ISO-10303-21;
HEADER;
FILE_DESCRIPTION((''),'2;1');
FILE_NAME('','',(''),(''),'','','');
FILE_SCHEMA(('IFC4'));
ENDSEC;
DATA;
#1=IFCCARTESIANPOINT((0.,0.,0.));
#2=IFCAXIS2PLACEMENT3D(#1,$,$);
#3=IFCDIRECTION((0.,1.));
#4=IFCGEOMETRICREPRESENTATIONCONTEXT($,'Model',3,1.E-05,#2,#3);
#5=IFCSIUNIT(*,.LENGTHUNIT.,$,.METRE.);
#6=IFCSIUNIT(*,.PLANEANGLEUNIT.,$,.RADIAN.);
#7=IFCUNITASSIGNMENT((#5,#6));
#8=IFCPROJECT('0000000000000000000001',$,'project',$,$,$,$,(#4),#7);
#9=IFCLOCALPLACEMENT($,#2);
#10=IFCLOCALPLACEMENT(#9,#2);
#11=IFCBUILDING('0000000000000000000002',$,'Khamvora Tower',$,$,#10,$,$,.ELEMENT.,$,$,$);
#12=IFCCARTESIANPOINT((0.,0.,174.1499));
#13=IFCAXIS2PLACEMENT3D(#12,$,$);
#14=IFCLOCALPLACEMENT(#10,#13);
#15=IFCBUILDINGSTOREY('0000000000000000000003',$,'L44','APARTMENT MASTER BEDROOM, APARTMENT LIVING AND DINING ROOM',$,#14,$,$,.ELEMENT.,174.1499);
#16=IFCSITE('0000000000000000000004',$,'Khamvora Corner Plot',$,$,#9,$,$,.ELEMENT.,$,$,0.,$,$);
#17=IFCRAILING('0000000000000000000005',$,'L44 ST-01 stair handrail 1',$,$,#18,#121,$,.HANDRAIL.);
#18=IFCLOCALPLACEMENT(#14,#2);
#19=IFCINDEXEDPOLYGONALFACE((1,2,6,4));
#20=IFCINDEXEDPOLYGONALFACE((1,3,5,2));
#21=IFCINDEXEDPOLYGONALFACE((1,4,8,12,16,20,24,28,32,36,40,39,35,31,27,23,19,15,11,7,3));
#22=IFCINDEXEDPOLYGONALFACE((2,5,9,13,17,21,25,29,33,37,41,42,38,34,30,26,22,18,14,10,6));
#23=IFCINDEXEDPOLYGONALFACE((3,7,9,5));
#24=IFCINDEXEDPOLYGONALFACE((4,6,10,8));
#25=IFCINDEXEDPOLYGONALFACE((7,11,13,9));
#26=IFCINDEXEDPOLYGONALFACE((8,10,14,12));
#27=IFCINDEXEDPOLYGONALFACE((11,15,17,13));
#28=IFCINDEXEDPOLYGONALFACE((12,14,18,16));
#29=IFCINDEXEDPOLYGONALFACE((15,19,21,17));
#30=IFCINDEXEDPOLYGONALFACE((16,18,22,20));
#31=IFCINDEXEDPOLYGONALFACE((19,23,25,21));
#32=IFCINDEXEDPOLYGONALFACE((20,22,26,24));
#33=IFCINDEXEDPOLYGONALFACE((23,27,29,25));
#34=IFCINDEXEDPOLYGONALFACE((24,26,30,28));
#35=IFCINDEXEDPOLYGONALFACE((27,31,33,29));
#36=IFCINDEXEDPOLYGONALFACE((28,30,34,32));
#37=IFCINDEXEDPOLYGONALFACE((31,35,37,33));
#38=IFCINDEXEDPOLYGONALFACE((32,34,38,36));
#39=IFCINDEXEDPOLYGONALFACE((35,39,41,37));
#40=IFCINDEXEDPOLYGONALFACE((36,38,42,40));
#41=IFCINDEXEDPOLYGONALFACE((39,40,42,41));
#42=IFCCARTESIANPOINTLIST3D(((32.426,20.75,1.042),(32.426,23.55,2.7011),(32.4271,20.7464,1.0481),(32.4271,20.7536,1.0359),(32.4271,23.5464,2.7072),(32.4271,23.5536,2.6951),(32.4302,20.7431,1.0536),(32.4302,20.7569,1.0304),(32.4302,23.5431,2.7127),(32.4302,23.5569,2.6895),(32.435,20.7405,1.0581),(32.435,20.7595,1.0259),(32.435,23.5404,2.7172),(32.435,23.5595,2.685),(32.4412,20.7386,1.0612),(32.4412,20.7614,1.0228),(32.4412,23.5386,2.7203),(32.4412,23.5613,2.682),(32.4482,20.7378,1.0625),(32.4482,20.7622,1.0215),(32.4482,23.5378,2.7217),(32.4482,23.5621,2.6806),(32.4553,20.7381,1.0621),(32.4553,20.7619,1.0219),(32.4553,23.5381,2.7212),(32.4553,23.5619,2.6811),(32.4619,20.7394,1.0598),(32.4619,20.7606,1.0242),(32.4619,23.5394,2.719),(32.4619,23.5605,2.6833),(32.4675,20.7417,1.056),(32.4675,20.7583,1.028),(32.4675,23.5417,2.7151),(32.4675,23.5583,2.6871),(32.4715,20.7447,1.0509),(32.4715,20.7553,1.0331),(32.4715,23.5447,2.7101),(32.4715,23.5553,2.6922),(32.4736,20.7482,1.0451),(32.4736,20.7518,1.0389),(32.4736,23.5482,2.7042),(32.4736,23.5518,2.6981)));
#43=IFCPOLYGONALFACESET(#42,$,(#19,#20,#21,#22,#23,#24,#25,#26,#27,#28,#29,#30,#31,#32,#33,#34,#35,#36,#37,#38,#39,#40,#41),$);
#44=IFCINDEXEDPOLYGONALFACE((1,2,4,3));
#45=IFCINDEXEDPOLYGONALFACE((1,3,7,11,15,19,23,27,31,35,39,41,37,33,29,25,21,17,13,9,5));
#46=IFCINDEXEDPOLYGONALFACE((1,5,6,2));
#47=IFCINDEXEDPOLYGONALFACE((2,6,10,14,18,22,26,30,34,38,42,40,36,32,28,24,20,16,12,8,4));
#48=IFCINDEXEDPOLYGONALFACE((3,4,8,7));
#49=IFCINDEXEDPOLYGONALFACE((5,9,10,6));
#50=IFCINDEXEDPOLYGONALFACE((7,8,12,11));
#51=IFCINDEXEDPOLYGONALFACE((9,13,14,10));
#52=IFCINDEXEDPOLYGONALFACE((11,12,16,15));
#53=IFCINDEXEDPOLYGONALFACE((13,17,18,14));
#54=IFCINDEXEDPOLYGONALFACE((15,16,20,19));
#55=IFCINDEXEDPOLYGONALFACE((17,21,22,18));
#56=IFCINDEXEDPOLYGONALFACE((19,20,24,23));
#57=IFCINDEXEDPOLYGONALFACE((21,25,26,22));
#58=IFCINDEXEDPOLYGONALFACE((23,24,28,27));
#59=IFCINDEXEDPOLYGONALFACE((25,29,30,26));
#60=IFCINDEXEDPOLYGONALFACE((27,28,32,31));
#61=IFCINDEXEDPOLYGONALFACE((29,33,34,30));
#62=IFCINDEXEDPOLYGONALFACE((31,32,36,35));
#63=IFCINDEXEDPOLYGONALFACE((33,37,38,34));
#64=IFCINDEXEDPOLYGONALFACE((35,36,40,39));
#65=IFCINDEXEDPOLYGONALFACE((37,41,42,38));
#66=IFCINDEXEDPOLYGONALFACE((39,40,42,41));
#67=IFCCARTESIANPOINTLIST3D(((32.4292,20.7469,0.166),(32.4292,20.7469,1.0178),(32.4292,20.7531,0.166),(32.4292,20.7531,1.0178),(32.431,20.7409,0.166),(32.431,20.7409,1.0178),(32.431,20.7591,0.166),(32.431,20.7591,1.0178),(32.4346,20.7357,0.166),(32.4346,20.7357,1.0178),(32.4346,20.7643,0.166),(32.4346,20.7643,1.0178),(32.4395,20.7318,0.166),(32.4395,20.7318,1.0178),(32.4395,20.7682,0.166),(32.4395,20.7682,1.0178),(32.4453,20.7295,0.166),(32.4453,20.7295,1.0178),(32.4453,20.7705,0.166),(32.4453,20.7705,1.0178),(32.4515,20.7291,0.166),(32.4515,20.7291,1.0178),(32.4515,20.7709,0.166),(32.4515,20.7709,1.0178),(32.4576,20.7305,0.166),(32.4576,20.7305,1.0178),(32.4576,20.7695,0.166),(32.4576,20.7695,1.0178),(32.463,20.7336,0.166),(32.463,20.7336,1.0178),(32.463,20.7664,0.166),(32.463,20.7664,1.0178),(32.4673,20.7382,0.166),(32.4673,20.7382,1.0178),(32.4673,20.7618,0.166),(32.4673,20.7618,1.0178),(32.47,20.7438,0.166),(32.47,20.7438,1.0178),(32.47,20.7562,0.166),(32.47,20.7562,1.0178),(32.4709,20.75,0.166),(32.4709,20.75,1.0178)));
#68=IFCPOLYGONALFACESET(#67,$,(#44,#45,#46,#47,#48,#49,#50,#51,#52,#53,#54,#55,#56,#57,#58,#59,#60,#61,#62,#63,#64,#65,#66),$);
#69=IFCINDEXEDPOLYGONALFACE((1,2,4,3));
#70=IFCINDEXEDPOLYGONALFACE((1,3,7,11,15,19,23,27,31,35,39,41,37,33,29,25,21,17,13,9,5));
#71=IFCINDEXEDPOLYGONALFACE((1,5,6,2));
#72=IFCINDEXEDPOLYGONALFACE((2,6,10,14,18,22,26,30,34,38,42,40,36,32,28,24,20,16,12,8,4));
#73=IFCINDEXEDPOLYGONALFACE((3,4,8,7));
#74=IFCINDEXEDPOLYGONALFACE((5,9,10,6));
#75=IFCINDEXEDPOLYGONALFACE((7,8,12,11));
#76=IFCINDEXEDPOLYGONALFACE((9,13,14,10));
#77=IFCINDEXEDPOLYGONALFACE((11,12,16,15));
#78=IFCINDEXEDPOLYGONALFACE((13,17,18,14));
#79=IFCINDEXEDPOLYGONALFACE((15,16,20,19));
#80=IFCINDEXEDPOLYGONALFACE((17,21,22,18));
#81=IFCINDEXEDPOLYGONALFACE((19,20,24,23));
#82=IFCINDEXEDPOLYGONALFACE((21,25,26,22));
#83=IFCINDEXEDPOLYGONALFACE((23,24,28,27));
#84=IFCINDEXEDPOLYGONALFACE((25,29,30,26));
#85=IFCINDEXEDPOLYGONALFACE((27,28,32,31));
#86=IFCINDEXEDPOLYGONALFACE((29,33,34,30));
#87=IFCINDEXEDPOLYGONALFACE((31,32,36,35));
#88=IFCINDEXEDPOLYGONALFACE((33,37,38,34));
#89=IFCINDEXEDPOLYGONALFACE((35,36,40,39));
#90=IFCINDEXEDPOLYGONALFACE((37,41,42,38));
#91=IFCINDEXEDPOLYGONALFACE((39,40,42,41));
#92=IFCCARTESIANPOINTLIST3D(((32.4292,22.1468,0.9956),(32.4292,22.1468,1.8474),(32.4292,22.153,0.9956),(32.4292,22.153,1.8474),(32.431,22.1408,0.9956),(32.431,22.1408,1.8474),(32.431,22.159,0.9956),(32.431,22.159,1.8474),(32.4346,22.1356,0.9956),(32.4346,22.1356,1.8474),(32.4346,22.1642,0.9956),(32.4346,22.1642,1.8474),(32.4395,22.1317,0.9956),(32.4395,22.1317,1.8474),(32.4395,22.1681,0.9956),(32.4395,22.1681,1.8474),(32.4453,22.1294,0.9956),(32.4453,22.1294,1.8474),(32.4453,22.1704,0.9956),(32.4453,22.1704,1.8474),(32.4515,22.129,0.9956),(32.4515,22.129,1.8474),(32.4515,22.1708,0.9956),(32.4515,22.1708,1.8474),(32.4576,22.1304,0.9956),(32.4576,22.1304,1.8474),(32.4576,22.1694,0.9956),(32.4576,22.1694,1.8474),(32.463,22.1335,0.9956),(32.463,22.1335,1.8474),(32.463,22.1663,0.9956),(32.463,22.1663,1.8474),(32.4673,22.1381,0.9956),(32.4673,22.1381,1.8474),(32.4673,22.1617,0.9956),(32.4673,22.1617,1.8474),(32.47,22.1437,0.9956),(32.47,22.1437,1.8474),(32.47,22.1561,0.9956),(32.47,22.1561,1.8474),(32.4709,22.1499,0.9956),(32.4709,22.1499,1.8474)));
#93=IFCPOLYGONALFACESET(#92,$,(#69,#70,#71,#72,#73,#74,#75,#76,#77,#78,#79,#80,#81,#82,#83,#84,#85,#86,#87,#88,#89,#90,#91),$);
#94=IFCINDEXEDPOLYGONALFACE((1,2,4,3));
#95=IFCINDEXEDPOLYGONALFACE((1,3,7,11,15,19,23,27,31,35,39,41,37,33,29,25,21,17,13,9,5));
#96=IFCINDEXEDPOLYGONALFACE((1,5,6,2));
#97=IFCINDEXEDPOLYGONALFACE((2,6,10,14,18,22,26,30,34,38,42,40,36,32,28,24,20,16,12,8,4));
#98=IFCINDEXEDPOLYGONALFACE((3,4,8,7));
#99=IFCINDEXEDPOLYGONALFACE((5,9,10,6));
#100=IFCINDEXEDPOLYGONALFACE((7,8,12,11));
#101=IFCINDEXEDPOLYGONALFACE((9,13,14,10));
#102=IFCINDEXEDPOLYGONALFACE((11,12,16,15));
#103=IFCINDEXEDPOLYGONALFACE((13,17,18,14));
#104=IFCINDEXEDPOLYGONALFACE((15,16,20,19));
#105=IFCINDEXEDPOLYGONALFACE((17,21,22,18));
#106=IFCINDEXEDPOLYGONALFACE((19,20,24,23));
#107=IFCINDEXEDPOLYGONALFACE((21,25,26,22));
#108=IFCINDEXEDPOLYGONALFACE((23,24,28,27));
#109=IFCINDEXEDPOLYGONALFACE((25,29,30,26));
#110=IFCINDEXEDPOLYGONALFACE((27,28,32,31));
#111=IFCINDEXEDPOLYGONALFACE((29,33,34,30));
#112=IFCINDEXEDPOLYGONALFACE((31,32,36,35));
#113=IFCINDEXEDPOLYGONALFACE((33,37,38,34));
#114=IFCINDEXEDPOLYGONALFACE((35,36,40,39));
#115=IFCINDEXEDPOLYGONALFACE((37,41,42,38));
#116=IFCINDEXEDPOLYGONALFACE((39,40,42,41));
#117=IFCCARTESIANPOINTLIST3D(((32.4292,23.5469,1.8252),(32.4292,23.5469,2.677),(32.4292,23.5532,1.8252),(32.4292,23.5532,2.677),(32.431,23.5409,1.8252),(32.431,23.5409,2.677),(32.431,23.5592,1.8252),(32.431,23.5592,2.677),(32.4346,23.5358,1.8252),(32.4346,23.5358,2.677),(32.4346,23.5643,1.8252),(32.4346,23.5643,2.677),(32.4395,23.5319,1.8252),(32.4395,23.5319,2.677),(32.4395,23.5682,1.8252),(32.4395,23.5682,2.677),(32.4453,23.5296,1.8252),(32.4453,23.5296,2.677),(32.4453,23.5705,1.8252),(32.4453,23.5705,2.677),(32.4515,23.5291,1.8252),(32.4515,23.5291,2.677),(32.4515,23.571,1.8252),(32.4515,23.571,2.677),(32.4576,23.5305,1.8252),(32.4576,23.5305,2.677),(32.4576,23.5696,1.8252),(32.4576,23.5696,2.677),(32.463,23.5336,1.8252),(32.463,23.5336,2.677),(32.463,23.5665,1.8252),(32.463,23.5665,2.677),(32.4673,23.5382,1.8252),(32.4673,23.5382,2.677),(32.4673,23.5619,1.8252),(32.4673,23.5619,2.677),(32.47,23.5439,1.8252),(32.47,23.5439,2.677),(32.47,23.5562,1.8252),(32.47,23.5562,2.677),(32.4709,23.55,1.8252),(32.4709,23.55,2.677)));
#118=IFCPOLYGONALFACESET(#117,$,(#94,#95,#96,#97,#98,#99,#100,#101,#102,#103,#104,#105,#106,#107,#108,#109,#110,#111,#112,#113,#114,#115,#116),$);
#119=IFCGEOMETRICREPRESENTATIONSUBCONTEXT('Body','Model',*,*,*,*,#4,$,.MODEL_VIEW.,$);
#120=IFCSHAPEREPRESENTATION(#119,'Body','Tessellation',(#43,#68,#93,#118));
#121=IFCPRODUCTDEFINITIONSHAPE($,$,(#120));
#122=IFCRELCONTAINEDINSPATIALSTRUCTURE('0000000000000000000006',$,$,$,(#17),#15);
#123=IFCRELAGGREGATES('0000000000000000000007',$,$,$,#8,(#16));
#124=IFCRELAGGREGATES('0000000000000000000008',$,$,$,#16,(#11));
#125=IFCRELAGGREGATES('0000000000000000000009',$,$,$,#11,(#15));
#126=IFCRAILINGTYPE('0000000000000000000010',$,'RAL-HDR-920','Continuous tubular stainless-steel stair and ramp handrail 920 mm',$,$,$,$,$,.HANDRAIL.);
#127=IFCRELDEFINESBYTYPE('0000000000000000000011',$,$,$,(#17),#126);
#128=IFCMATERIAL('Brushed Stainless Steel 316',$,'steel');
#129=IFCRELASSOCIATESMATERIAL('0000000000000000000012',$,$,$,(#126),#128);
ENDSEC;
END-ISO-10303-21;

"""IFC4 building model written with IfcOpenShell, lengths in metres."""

from ifc_helpers import new_model, si_unit, direction, frame, origin, origin_2d, place, context, subcontext, project, spatial, circle, extrude, material, type_object, element, save


model = new_model("IFC4")

# Units and contexts
model_context = context("Model", 3, precision=1e-05, world=origin(), true_north=direction((0.0, 1.0)))
body_context = subcontext(model_context, "Body", "Model", "MODEL_VIEW")
ifc_project = project(units=[si_unit("LENGTHUNIT", "METRE"), si_unit("PLANEANGLEUNIT", "RADIAN")], contexts=[model_context])

# Site, building, storey
site_placement = place(None, origin())
site = spatial("IfcSite", under=ifc_project, at=site_placement, Name="Khamvora Corner Plot", CompositionType="ELEMENT", RefElevation=0.0)
building_placement = place(site_placement, origin())
building = spatial("IfcBuilding", under=site, at=building_placement, Name="Khamvora Tower", CompositionType="ELEMENT")
storey_placement = place(building_placement, frame((0.0, 0.0, 174.1499)))
storey = spatial("IfcBuildingStorey", under=building, at=storey_placement, Name="L44", Description="APARTMENT MASTER BEDROOM, APARTMENT LIVING AND DINING ROOM", CompositionType="ELEMENT", Elevation=174.1499)

# Railing
ifc_material_1 = material(Name="Brushed Stainless Steel 316", Category="steel")
railing_type_1 = type_object("IfcRailingType", Name="RAL-HDR-920", Description="Continuous tubular stainless-steel stair and ramp handrail 920 mm", PredefinedType="HANDRAIL", material=ifc_material_1)
railing_1_placement = place(storey_placement, frame((32.45, 20.75, 0.166)))
element("IfcRailing", 1, at=railing_1_placement, inside=storey, type_object=railing_type_1, Name="L44 ST-01 stair handrail 1", PredefinedType="HANDRAIL", context=body_context, shape_type="SweptSolid", body=[
    extrude(circle(Radius=0.0239, at=origin_2d()), frame((0.0, 0.0, 0.876), z_axis=(0.0, 0.860306, 0.509778), x_axis=(-1.0, 0.0, 0.0)), (0.0, 0.0, 1.0), 3.2546),
    extrude(circle(Radius=0.021, at=origin_2d()), origin(), (0.0, 0.0, 1.0), 0.8518),
    extrude(circle(Radius=0.021, at=origin_2d()), frame((0.0, 1.3999, 0.8296)), (0.0, 0.0, 1.0), 0.8518),
    extrude(circle(Radius=0.021, at=origin_2d()), frame((0.0, 2.8, 1.6592)), (0.0, 0.0, 1.0), 0.8518),
])

save(model, "model.ifc")
